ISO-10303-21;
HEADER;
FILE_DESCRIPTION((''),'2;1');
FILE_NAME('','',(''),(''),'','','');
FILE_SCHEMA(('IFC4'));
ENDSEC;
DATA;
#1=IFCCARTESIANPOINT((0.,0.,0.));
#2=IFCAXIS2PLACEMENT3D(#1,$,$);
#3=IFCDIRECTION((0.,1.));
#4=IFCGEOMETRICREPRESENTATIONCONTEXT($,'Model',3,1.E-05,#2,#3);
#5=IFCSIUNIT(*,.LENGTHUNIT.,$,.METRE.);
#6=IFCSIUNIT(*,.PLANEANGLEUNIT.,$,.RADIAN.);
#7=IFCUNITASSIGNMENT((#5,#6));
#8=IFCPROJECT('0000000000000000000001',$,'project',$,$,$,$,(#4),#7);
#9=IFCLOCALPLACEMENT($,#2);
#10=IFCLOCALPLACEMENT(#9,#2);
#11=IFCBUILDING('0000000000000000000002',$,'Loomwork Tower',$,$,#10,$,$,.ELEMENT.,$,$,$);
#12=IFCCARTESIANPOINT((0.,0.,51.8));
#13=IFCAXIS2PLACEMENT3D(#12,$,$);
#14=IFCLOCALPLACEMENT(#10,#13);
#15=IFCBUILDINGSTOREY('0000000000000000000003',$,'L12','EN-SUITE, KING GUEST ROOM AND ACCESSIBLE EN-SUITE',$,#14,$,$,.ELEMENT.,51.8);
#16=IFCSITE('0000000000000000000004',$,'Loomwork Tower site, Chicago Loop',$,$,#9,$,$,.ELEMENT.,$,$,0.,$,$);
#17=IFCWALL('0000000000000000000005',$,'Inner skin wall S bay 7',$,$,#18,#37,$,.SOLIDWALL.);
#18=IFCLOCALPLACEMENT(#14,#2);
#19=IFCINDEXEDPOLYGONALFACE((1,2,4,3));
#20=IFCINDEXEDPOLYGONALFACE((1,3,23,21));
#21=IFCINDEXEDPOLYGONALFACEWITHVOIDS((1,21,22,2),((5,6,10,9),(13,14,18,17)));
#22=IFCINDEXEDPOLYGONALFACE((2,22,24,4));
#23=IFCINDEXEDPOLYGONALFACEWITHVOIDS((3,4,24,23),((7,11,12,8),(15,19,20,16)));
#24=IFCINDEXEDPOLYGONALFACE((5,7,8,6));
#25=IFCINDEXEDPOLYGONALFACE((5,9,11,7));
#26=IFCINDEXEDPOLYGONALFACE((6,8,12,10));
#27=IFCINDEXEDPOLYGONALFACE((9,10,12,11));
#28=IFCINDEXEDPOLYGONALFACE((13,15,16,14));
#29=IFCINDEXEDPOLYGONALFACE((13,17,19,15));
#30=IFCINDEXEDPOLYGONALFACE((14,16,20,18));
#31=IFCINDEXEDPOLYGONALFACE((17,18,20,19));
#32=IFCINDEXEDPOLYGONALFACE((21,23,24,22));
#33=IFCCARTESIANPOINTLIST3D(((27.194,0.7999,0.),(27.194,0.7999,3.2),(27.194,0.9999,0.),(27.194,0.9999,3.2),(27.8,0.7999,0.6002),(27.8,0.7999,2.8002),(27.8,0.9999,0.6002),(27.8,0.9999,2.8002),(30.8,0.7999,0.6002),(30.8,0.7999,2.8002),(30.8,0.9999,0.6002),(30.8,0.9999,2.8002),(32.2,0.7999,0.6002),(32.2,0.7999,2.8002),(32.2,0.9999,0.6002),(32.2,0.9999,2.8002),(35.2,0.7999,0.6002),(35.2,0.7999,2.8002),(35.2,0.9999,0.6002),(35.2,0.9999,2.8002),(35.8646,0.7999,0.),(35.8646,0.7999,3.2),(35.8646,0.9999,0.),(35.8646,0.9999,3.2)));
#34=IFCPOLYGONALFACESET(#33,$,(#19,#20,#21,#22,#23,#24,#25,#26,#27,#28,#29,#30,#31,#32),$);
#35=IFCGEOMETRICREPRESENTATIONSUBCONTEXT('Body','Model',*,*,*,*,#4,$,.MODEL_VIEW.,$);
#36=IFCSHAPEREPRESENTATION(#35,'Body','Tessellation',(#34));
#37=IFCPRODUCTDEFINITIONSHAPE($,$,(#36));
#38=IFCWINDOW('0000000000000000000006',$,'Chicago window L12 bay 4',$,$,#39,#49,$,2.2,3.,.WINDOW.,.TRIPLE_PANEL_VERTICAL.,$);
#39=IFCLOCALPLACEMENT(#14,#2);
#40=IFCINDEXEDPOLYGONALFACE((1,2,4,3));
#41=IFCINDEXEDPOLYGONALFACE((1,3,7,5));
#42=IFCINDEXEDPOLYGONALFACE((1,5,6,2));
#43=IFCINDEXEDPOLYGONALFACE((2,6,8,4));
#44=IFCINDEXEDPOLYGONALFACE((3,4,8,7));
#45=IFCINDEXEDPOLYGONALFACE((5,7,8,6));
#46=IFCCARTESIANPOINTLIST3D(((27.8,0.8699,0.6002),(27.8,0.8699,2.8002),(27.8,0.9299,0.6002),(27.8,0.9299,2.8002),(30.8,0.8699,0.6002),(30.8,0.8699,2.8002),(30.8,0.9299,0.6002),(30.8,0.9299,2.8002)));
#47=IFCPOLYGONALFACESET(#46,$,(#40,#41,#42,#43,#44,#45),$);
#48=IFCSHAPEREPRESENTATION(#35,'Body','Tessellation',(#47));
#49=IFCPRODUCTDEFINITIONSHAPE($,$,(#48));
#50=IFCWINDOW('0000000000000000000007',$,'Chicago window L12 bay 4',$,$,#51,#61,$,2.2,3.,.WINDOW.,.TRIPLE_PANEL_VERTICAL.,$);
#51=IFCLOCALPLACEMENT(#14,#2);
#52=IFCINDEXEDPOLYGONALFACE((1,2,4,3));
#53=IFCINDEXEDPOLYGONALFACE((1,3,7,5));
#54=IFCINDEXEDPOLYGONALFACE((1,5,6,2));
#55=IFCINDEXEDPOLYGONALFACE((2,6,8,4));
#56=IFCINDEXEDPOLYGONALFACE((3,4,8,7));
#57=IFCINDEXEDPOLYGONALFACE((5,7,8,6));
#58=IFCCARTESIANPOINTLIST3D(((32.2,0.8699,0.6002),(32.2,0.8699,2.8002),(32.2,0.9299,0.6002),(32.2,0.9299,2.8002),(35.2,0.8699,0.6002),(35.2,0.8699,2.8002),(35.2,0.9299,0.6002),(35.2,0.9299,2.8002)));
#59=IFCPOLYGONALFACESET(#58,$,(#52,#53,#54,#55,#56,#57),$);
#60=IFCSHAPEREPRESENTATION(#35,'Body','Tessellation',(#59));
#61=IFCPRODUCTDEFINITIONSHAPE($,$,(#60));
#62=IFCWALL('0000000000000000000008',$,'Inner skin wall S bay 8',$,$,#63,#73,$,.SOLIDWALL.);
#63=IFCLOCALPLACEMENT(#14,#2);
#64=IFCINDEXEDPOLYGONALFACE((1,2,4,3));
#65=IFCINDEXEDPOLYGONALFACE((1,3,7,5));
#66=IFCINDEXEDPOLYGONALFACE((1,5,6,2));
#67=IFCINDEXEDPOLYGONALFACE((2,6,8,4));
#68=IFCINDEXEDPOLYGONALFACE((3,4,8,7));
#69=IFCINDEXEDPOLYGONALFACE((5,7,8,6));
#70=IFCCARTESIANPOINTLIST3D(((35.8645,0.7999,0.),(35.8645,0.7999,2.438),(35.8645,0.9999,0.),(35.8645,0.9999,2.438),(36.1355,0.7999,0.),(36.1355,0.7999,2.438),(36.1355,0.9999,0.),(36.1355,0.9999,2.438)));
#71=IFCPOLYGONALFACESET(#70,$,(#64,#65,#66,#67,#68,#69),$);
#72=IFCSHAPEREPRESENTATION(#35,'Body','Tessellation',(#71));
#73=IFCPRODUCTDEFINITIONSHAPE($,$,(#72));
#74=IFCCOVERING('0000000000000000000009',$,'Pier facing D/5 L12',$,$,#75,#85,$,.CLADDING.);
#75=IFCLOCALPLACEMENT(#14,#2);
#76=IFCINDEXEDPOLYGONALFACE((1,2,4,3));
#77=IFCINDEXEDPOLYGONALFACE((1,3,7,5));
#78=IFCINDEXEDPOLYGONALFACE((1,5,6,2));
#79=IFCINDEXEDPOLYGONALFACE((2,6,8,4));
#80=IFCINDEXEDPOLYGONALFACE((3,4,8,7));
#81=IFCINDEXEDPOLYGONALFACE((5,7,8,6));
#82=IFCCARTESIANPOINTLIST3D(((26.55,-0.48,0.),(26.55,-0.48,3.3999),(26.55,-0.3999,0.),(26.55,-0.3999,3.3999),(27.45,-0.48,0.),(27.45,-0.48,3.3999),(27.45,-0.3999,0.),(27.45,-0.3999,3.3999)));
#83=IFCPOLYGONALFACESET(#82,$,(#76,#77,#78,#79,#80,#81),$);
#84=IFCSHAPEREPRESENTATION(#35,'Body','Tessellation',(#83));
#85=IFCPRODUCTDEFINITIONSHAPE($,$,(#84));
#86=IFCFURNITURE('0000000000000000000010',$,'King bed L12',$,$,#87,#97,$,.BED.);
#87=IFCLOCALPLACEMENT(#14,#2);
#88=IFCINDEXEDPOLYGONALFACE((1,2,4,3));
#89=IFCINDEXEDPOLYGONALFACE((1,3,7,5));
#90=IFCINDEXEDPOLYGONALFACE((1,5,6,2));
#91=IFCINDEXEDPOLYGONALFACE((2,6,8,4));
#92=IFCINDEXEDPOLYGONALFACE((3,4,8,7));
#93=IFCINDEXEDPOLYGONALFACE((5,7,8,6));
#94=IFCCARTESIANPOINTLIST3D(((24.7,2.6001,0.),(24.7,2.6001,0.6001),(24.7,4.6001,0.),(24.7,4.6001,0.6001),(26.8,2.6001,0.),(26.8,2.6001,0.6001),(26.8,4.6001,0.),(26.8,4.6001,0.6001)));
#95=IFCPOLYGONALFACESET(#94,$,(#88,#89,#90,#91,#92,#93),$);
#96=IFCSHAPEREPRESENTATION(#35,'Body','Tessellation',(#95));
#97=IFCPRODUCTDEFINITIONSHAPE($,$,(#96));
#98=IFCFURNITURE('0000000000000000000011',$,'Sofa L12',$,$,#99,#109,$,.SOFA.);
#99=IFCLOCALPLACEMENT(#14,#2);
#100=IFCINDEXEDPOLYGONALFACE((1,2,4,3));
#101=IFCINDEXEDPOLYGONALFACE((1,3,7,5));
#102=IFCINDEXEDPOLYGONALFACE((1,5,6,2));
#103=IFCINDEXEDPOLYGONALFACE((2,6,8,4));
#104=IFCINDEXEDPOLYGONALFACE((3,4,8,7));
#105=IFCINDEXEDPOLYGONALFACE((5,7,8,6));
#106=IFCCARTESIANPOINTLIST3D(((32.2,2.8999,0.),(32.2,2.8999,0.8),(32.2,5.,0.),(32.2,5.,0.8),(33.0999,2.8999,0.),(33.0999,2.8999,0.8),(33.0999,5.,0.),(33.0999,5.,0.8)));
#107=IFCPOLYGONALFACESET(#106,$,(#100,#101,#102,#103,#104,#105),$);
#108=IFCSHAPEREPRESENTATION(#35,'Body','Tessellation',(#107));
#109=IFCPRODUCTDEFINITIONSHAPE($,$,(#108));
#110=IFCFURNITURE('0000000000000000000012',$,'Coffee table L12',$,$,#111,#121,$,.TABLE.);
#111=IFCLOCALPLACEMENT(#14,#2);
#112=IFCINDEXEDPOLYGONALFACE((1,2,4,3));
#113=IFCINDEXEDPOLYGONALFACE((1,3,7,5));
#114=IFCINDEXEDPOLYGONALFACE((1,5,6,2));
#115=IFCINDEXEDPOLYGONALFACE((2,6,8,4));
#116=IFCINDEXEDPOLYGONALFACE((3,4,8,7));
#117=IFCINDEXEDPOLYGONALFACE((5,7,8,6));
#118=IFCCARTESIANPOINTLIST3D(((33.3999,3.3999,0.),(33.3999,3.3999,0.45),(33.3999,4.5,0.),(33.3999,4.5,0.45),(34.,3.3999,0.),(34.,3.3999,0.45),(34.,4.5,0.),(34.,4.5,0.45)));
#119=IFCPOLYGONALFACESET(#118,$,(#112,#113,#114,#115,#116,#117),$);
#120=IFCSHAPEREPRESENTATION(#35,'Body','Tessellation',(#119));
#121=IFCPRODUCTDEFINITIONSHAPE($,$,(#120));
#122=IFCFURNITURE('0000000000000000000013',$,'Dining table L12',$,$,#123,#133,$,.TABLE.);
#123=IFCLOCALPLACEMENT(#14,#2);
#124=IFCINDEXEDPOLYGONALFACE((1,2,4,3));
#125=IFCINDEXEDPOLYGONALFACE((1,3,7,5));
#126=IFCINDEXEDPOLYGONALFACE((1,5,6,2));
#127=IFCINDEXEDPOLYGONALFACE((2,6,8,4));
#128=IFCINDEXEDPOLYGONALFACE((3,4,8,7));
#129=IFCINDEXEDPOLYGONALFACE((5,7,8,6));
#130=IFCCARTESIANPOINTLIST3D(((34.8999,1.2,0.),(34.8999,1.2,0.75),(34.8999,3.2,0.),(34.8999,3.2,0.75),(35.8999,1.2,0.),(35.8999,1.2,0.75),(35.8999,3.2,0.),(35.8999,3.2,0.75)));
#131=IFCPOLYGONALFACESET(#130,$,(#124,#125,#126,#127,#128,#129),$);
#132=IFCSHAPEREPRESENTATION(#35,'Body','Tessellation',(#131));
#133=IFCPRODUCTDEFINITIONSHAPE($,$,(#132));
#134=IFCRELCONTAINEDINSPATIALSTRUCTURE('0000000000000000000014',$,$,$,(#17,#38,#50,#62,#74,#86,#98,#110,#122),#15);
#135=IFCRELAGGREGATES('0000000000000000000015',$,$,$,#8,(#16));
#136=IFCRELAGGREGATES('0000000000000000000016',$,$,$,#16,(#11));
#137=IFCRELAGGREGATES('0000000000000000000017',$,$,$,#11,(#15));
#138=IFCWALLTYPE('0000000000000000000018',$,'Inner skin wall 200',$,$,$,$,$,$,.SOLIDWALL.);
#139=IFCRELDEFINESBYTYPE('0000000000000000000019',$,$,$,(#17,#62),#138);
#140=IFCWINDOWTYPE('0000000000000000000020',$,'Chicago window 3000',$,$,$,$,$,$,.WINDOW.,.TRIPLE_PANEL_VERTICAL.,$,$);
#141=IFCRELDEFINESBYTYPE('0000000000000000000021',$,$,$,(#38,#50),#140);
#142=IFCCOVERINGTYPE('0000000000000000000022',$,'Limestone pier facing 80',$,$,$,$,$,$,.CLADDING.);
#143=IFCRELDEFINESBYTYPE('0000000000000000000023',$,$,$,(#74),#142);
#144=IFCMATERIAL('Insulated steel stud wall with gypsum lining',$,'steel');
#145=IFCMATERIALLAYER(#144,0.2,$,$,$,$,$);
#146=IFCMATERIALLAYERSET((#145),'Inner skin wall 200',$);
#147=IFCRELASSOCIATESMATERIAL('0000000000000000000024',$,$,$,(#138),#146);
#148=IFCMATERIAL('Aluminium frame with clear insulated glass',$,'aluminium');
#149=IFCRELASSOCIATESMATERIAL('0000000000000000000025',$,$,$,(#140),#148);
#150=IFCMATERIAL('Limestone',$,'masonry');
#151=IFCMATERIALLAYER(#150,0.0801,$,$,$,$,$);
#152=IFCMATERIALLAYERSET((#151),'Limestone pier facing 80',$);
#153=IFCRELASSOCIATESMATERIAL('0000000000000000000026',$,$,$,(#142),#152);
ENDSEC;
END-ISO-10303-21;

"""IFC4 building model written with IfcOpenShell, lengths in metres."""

from ifc_helpers import new_model, si_unit, direction, frame, frame_2d, origin, origin_2d, place, context, subcontext, project, spatial, rectangle, extrude, material, layer, layer_set, type_object, element, fill, save


model = new_model("IFC4")

# Units and contexts
model_context = context("Model", 3, precision=1e-05, world=origin(), true_north=direction((0.0, 1.0)))
body_context = subcontext(model_context, "Body", "Model", "MODEL_VIEW")
ifc_project = project(units=[si_unit("LENGTHUNIT", "METRE"), si_unit("PLANEANGLEUNIT", "RADIAN")], contexts=[model_context])

# Site, building, storey
site_placement = place(None, origin())
site = spatial("IfcSite", under=ifc_project, at=site_placement, Name="Loomwork Tower site, Chicago Loop", CompositionType="ELEMENT", RefElevation=0.0)
building_placement = place(site_placement, origin())
building = spatial("IfcBuilding", under=site, at=building_placement, Name="Loomwork Tower", CompositionType="ELEMENT")
storey_placement = place(building_placement, frame((0.0, 0.0, 51.8)))
storey = spatial("IfcBuildingStorey", under=building, at=storey_placement, Name="L12", Description="EN-SUITE, KING GUEST ROOM AND ACCESSIBLE EN-SUITE", CompositionType="ELEMENT", Elevation=51.8)

# Shared definitions
ifc_material_1 = material(Name="Insulated steel stud wall with gypsum lining", Category="steel")
ifc_layer_1 = layer(ifc_material_1, 0.2)
ifc_layer_set_1 = layer_set([ifc_layer_1], Name="Inner skin wall 200")
wall_type = type_object("IfcWallType", Name="Inner skin wall 200", PredefinedType="SOLIDWALL", material=ifc_layer_set_1)

# Wall, openings, windows
wall_1_placement = place(storey_placement, frame((27.1938, 0.8999, 0.0), z_axis=(0.0, 0.0, 1.0), x_axis=(1.0, 0.0, 0.0)))
wall_1 = element("IfcWall", 1, at=wall_1_placement, inside=storey, type_object=wall_type, Name="Inner skin wall S bay 7", PredefinedType="SOLIDWALL", context=body_context, shape_type="SweptSolid", body=[
    extrude(rectangle(XDim=8.6707, YDim=0.2, at=frame_2d((4.3354, 0.0))), origin(), (0.0, 0.0, 1.0), 3.2),
])
opening_1_placement = place(wall_1_placement, frame((0.6062, 0.0, 0.6001)))
opening_1 = element("IfcOpeningElement", 2, at=opening_1_placement, cuts=wall_1, PredefinedType="OPENING", context=body_context, shape_type="SweptSolid", body=[
    extrude(rectangle(XDim=3.0, YDim=2.2, at=frame_2d((1.5, 1.1001))), frame((0.0, 0.1099, 0.0), z_axis=(0.0, -1.0, 0.0), x_axis=(1.0, 0.0, 0.0)), (0.0, 0.0, 1.0), 0.22),
])
opening_2_placement = place(wall_1_placement, frame((5.0061, 0.0, 0.6001)))
opening_2 = element("IfcOpeningElement", 3, at=opening_2_placement, cuts=wall_1, PredefinedType="OPENING", context=body_context, shape_type="SweptSolid", body=[
    extrude(rectangle(XDim=3.0, YDim=2.2, at=frame_2d((1.5, 1.1001))), frame((0.0, 0.1099, 0.0), z_axis=(0.0, -1.0, 0.0), x_axis=(1.0, 0.0, 0.0)), (0.0, 0.0, 1.0), 0.22),
])
ifc_material_2 = material(Name="Aluminium frame with clear insulated glass", Category="aluminium")
window_type = type_object("IfcWindowType", Name="Chicago window 3000", PartitioningType="TRIPLE_PANEL_VERTICAL", PredefinedType="WINDOW", material=ifc_material_2)
window_1_placement = place(opening_1_placement, origin())
window_1 = element("IfcWindow", 4, at=window_1_placement, inside=storey, type_object=window_type, Name="Chicago window L12 bay 4", OverallHeight=2.2, OverallWidth=3.0, PartitioningType="TRIPLE_PANEL_VERTICAL", PredefinedType="WINDOW", context=body_context, shape_type="SweptSolid", body=[
    extrude(rectangle(XDim=3.0, YDim=2.2, at=frame_2d((1.5, 1.1001))), frame((0.0, 0.03, 0.0), z_axis=(0.0, -1.0, 0.0), x_axis=(1.0, 0.0, 0.0)), (0.0, 0.0, 1.0), 0.0601),
])
fill(opening_1, window_1)
window_2_placement = place(opening_2_placement, origin())
window_2 = element("IfcWindow", 5, at=window_2_placement, inside=storey, type_object=window_type, Name="Chicago window L12 bay 4", OverallHeight=2.2, OverallWidth=3.0, PartitioningType="TRIPLE_PANEL_VERTICAL", PredefinedType="WINDOW", context=body_context, shape_type="SweptSolid", body=[
    extrude(rectangle(XDim=3.0, YDim=2.2, at=frame_2d((1.5, 1.1001))), frame((0.0, 0.03, 0.0), z_axis=(0.0, -1.0, 0.0), x_axis=(1.0, 0.0, 0.0)), (0.0, 0.0, 1.0), 0.0601),
])
fill(opening_2, window_2)

# Wall
wall_2_placement = place(storey_placement, frame((35.8645, 0.8999, 0.0), z_axis=(0.0, 0.0, 1.0), x_axis=(1.0, 0.0, 0.0)))
element("IfcWall", 6, at=wall_2_placement, inside=storey, type_object=wall_type, Name="Inner skin wall S bay 8", PredefinedType="SOLIDWALL", context=body_context, shape_type="SweptSolid", body=[
    extrude(rectangle(XDim=0.271, YDim=0.2, at=frame_2d((0.1355, 0.0))), origin(), (0.0, 0.0, 1.0), 2.438),
])

# Covering
ifc_material_3 = material(Name="Limestone", Category="masonry")
ifc_layer_2 = layer(ifc_material_3, 0.0801)
ifc_layer_set_2 = layer_set([ifc_layer_2], Name="Limestone pier facing 80")
covering_type = type_object("IfcCoveringType", Name="Limestone pier facing 80", PredefinedType="CLADDING", material=ifc_layer_set_2)
covering_placement = place(storey_placement, frame((27.0, -0.4399, 0.0), z_axis=(0.0, 0.0, 1.0), x_axis=(1.0, 0.0, 0.0)))
element("IfcCovering", 7, at=covering_placement, inside=storey, type_object=covering_type, Name="Pier facing D/5 L12", PredefinedType="CLADDING", context=body_context, shape_type="SweptSolid", body=[
    extrude(rectangle(XDim=0.8999, YDim=0.0801, at=origin_2d()), origin(), (0.0, 0.0, 1.0), 3.3999),
])

# Furniture
furniture_1_placement = place(storey_placement, frame((25.75, 3.6001, 0.0), z_axis=(0.0, 0.0, 1.0), x_axis=(1.0, 0.0, 0.0)))
element("IfcFurniture", 8, at=furniture_1_placement, inside=storey, Name="King bed L12", PredefinedType="BED", context=body_context, shape_type="SweptSolid", body=[
    extrude(rectangle(XDim=2.1001, YDim=2.0, at=origin_2d()), origin(), (0.0, 0.0, 1.0), 0.6001),
])
furniture_2_placement = place(storey_placement, frame((32.6499, 3.95, 0.0), z_axis=(0.0, 0.0, 1.0), x_axis=(1.0, 0.0, 0.0)))
element("IfcFurniture", 9, at=furniture_2_placement, inside=storey, Name="Sofa L12", PredefinedType="SOFA", context=body_context, shape_type="SweptSolid", body=[
    extrude(rectangle(XDim=0.8999, YDim=2.1001, at=origin_2d()), origin(), (0.0, 0.0, 1.0), 0.8),
])
furniture_3_placement = place(storey_placement, frame((33.7, 3.95, 0.0), z_axis=(0.0, 0.0, 1.0), x_axis=(1.0, 0.0, 0.0)))
element("IfcFurniture", 10, at=furniture_3_placement, inside=storey, Name="Coffee table L12", PredefinedType="TABLE", context=body_context, shape_type="SweptSolid", body=[
    extrude(rectangle(XDim=0.6001, YDim=1.1001, at=origin_2d()), origin(), (0.0, 0.0, 1.0), 0.45),
])
furniture_4_placement = place(storey_placement, frame((35.3999, 2.2, 0.0), z_axis=(0.0, 0.0, 1.0), x_axis=(1.0, 0.0, 0.0)))
element("IfcFurniture", 11, at=furniture_4_placement, inside=storey, Name="Dining table L12", PredefinedType="TABLE", context=body_context, shape_type="SweptSolid", body=[
    extrude(rectangle(XDim=1.0, YDim=2.0, at=origin_2d()), origin(), (0.0, 0.0, 1.0), 0.75),
])

save(model, "model.ifc")
